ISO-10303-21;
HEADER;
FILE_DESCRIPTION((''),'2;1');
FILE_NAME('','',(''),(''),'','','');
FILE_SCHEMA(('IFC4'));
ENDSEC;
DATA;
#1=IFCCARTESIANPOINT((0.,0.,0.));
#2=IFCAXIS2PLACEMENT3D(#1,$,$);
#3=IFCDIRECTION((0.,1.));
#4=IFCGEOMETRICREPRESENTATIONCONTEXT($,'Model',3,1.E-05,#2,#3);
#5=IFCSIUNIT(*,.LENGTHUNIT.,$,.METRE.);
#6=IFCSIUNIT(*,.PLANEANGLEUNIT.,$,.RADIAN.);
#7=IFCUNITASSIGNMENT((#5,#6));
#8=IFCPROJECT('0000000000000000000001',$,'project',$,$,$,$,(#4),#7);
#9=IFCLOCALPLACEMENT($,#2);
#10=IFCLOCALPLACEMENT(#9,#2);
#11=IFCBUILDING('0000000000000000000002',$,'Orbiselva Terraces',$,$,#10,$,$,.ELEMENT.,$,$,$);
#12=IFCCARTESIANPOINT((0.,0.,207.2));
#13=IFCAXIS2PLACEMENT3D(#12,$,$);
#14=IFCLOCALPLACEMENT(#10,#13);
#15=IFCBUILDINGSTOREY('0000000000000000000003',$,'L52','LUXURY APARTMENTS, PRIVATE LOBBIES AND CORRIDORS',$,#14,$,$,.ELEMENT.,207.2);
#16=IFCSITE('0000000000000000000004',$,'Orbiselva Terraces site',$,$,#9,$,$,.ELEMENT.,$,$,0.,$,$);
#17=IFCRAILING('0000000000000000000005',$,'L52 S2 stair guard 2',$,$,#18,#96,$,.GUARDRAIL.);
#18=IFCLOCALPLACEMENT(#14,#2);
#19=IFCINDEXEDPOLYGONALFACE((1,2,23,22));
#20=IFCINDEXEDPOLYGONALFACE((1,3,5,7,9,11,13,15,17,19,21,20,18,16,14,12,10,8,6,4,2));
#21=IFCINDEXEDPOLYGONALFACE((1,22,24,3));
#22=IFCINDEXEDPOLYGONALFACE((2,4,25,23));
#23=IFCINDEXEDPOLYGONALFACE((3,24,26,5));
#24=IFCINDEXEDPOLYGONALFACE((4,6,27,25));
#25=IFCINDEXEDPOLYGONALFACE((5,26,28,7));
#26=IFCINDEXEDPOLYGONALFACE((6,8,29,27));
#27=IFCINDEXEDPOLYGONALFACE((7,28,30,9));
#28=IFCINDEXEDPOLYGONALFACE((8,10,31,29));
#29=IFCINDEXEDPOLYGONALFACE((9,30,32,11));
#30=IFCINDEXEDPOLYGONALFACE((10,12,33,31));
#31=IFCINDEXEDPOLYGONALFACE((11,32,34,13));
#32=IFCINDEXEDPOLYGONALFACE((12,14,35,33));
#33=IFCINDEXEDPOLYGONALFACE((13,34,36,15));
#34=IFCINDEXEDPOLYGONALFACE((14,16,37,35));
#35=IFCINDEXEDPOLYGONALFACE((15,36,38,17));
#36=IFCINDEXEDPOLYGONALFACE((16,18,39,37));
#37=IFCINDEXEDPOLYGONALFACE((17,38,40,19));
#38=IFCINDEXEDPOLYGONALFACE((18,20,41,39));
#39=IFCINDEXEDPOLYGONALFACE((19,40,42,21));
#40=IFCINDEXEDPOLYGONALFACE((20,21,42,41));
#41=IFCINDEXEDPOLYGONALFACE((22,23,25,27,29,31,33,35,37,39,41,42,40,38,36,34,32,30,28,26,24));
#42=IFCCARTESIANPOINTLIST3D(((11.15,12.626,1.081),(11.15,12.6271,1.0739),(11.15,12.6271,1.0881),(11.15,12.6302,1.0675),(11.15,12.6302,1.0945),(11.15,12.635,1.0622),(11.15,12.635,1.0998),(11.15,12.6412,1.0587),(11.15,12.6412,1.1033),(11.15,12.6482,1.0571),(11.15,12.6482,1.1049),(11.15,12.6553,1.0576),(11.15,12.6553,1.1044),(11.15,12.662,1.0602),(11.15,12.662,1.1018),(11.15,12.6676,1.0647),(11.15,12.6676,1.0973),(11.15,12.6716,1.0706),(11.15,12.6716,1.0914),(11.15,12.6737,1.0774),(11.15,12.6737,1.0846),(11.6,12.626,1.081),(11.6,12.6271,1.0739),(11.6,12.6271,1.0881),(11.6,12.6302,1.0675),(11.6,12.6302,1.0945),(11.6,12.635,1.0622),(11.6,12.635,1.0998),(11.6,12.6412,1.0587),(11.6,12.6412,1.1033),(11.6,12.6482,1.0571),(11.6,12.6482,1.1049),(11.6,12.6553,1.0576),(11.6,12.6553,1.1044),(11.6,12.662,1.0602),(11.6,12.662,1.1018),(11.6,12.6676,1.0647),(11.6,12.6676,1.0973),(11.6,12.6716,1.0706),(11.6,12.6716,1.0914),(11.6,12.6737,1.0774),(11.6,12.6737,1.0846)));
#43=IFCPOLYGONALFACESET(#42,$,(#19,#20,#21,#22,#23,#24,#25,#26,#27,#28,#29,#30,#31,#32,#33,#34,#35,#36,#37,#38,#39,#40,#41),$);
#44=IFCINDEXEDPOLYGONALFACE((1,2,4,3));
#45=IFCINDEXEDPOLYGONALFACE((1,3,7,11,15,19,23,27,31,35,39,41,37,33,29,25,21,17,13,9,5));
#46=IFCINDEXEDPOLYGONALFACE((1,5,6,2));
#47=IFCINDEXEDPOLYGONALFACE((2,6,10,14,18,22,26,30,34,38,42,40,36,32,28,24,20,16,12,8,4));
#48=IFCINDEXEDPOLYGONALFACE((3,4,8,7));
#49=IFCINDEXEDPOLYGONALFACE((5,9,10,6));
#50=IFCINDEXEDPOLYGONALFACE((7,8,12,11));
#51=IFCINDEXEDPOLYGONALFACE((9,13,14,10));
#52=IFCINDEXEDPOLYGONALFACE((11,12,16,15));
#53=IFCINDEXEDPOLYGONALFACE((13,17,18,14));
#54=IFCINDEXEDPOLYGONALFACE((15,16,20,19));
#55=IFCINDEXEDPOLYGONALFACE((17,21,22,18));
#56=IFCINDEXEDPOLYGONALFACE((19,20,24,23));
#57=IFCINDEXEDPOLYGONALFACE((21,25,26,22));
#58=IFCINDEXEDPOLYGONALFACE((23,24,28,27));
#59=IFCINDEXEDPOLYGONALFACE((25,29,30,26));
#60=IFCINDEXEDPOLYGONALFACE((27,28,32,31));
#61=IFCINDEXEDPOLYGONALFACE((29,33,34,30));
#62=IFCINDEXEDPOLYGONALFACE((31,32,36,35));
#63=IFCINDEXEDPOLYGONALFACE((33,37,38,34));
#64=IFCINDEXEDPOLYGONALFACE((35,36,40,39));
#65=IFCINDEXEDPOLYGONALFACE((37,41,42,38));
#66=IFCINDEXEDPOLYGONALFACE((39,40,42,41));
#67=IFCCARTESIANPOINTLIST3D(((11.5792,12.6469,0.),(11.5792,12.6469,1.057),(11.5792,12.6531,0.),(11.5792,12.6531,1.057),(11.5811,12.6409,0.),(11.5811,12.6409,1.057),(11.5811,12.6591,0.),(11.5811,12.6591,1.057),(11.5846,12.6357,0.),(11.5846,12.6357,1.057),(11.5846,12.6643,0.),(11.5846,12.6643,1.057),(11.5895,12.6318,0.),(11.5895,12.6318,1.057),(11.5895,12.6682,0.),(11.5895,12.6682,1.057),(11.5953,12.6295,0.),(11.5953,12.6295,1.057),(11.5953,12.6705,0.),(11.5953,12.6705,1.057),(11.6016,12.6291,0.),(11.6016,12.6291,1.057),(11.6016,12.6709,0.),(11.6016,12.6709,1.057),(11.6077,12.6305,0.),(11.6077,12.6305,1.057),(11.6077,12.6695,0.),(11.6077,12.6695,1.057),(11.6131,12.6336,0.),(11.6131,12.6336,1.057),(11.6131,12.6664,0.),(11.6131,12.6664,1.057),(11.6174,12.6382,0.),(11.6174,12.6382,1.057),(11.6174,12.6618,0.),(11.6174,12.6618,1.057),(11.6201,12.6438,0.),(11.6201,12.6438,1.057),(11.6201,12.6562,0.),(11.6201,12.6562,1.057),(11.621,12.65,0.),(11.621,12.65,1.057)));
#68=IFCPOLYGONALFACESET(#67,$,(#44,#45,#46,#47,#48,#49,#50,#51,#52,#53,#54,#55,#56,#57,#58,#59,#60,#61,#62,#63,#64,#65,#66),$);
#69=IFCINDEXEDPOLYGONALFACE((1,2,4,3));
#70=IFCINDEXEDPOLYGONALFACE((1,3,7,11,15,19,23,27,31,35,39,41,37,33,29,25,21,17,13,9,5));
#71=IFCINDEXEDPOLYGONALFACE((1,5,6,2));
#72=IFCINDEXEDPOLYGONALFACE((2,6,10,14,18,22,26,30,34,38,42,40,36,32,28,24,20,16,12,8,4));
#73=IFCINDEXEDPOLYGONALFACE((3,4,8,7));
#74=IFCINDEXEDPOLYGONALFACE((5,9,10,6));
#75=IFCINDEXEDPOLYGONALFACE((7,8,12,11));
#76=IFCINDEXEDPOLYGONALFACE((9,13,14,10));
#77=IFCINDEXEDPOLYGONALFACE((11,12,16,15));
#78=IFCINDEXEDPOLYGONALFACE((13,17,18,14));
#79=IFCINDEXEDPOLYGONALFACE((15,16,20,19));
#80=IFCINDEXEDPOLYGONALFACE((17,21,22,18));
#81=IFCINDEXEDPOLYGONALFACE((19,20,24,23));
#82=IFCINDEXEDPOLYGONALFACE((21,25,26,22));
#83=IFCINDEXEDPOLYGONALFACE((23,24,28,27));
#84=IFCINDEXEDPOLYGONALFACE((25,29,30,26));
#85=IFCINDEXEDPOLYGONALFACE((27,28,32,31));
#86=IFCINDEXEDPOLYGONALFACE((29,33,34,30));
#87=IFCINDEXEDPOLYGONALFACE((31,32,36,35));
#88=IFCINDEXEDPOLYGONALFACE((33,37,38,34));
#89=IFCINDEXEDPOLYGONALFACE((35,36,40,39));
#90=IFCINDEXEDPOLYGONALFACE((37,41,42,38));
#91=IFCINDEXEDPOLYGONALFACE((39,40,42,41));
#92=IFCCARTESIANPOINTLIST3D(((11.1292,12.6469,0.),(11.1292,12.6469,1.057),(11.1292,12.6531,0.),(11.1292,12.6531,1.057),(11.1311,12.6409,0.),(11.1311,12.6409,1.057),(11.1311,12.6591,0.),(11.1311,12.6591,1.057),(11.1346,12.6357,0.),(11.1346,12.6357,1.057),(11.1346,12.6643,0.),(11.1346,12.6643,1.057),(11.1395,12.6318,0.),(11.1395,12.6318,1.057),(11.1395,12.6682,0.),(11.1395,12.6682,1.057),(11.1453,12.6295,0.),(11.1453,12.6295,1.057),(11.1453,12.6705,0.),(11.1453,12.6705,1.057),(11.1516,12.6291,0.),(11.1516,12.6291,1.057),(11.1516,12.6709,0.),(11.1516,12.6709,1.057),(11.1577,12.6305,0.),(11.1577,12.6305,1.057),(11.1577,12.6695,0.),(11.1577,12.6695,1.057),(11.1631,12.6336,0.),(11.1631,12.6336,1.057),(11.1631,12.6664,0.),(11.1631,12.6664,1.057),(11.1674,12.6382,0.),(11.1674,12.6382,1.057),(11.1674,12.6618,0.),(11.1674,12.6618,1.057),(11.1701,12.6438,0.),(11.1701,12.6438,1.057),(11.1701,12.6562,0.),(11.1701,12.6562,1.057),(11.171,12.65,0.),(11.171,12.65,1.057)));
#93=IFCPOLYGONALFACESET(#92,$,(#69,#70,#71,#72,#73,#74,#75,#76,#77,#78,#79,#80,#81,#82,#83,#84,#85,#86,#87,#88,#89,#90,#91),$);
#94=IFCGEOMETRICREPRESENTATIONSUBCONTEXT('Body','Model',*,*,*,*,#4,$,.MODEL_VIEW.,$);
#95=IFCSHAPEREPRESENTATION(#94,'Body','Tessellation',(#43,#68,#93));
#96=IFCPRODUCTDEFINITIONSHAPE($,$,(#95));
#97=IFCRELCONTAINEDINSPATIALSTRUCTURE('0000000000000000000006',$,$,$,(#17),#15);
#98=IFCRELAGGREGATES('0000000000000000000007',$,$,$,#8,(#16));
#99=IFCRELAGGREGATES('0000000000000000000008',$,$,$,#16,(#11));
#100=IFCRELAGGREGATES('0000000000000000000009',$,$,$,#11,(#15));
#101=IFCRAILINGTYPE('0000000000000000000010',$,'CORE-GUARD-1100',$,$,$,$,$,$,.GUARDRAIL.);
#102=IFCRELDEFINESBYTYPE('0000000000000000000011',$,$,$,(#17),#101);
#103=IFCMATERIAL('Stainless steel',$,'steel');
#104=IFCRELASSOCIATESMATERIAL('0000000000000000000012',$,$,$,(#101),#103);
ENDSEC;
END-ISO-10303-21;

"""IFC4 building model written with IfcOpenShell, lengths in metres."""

from ifc_helpers import new_model, si_unit, direction, frame, origin, origin_2d, place, context, subcontext, project, spatial, circle, extrude, material, type_object, element, save


model = new_model("IFC4")

# Units and contexts
model_context = context("Model", 3, precision=1e-05, world=origin(), true_north=direction((0.0, 1.0)))
body_context = subcontext(model_context, "Body", "Model", "MODEL_VIEW")
ifc_project = project(units=[si_unit("LENGTHUNIT", "METRE"), si_unit("PLANEANGLEUNIT", "RADIAN")], contexts=[model_context])

# Site, building, storey
site_placement = place(None, origin())
site = spatial("IfcSite", under=ifc_project, at=site_placement, Name="Orbiselva Terraces site", CompositionType="ELEMENT", RefElevation=0.0)
building_placement = place(site_placement, origin())
building = spatial("IfcBuilding", under=site, at=building_placement, Name="Orbiselva Terraces", CompositionType="ELEMENT")
storey_placement = place(building_placement, frame((0.0, 0.0, 207.2)))
storey = spatial("IfcBuildingStorey", under=building, at=storey_placement, Name="L52", Description="LUXURY APARTMENTS, PRIVATE LOBBIES AND CORRIDORS", CompositionType="ELEMENT", Elevation=207.2)

# Railing
ifc_material_1 = material(Name="Stainless steel", Category="steel")
railing_type_1 = type_object("IfcRailingType", Name="CORE-GUARD-1100", PredefinedType="GUARDRAIL", material=ifc_material_1)
railing_1_placement = place(storey_placement, frame((11.6, 12.65, 0.0)))
element("IfcRailing", 1, at=railing_1_placement, inside=storey, type_object=railing_type_1, Name="L52 S2 stair guard 2", PredefinedType="GUARDRAIL", context=body_context, shape_type="SweptSolid", body=[
    extrude(circle(Radius=0.024, at=origin_2d()), frame((0.0, 0.0, 1.081), z_axis=(-1.0, 0.0, 0.0), x_axis=(0.0, -1.0, 0.0)), (0.0, 0.0, 1.0), 0.45),
    extrude(circle(Radius=0.021, at=origin_2d()), origin(), (0.0, 0.0, 1.0), 1.057),
    extrude(circle(Radius=0.021, at=origin_2d()), frame((-0.45, 0.0, 0.0)), (0.0, 0.0, 1.0), 1.057),
])

save(model, "model.ifc")
